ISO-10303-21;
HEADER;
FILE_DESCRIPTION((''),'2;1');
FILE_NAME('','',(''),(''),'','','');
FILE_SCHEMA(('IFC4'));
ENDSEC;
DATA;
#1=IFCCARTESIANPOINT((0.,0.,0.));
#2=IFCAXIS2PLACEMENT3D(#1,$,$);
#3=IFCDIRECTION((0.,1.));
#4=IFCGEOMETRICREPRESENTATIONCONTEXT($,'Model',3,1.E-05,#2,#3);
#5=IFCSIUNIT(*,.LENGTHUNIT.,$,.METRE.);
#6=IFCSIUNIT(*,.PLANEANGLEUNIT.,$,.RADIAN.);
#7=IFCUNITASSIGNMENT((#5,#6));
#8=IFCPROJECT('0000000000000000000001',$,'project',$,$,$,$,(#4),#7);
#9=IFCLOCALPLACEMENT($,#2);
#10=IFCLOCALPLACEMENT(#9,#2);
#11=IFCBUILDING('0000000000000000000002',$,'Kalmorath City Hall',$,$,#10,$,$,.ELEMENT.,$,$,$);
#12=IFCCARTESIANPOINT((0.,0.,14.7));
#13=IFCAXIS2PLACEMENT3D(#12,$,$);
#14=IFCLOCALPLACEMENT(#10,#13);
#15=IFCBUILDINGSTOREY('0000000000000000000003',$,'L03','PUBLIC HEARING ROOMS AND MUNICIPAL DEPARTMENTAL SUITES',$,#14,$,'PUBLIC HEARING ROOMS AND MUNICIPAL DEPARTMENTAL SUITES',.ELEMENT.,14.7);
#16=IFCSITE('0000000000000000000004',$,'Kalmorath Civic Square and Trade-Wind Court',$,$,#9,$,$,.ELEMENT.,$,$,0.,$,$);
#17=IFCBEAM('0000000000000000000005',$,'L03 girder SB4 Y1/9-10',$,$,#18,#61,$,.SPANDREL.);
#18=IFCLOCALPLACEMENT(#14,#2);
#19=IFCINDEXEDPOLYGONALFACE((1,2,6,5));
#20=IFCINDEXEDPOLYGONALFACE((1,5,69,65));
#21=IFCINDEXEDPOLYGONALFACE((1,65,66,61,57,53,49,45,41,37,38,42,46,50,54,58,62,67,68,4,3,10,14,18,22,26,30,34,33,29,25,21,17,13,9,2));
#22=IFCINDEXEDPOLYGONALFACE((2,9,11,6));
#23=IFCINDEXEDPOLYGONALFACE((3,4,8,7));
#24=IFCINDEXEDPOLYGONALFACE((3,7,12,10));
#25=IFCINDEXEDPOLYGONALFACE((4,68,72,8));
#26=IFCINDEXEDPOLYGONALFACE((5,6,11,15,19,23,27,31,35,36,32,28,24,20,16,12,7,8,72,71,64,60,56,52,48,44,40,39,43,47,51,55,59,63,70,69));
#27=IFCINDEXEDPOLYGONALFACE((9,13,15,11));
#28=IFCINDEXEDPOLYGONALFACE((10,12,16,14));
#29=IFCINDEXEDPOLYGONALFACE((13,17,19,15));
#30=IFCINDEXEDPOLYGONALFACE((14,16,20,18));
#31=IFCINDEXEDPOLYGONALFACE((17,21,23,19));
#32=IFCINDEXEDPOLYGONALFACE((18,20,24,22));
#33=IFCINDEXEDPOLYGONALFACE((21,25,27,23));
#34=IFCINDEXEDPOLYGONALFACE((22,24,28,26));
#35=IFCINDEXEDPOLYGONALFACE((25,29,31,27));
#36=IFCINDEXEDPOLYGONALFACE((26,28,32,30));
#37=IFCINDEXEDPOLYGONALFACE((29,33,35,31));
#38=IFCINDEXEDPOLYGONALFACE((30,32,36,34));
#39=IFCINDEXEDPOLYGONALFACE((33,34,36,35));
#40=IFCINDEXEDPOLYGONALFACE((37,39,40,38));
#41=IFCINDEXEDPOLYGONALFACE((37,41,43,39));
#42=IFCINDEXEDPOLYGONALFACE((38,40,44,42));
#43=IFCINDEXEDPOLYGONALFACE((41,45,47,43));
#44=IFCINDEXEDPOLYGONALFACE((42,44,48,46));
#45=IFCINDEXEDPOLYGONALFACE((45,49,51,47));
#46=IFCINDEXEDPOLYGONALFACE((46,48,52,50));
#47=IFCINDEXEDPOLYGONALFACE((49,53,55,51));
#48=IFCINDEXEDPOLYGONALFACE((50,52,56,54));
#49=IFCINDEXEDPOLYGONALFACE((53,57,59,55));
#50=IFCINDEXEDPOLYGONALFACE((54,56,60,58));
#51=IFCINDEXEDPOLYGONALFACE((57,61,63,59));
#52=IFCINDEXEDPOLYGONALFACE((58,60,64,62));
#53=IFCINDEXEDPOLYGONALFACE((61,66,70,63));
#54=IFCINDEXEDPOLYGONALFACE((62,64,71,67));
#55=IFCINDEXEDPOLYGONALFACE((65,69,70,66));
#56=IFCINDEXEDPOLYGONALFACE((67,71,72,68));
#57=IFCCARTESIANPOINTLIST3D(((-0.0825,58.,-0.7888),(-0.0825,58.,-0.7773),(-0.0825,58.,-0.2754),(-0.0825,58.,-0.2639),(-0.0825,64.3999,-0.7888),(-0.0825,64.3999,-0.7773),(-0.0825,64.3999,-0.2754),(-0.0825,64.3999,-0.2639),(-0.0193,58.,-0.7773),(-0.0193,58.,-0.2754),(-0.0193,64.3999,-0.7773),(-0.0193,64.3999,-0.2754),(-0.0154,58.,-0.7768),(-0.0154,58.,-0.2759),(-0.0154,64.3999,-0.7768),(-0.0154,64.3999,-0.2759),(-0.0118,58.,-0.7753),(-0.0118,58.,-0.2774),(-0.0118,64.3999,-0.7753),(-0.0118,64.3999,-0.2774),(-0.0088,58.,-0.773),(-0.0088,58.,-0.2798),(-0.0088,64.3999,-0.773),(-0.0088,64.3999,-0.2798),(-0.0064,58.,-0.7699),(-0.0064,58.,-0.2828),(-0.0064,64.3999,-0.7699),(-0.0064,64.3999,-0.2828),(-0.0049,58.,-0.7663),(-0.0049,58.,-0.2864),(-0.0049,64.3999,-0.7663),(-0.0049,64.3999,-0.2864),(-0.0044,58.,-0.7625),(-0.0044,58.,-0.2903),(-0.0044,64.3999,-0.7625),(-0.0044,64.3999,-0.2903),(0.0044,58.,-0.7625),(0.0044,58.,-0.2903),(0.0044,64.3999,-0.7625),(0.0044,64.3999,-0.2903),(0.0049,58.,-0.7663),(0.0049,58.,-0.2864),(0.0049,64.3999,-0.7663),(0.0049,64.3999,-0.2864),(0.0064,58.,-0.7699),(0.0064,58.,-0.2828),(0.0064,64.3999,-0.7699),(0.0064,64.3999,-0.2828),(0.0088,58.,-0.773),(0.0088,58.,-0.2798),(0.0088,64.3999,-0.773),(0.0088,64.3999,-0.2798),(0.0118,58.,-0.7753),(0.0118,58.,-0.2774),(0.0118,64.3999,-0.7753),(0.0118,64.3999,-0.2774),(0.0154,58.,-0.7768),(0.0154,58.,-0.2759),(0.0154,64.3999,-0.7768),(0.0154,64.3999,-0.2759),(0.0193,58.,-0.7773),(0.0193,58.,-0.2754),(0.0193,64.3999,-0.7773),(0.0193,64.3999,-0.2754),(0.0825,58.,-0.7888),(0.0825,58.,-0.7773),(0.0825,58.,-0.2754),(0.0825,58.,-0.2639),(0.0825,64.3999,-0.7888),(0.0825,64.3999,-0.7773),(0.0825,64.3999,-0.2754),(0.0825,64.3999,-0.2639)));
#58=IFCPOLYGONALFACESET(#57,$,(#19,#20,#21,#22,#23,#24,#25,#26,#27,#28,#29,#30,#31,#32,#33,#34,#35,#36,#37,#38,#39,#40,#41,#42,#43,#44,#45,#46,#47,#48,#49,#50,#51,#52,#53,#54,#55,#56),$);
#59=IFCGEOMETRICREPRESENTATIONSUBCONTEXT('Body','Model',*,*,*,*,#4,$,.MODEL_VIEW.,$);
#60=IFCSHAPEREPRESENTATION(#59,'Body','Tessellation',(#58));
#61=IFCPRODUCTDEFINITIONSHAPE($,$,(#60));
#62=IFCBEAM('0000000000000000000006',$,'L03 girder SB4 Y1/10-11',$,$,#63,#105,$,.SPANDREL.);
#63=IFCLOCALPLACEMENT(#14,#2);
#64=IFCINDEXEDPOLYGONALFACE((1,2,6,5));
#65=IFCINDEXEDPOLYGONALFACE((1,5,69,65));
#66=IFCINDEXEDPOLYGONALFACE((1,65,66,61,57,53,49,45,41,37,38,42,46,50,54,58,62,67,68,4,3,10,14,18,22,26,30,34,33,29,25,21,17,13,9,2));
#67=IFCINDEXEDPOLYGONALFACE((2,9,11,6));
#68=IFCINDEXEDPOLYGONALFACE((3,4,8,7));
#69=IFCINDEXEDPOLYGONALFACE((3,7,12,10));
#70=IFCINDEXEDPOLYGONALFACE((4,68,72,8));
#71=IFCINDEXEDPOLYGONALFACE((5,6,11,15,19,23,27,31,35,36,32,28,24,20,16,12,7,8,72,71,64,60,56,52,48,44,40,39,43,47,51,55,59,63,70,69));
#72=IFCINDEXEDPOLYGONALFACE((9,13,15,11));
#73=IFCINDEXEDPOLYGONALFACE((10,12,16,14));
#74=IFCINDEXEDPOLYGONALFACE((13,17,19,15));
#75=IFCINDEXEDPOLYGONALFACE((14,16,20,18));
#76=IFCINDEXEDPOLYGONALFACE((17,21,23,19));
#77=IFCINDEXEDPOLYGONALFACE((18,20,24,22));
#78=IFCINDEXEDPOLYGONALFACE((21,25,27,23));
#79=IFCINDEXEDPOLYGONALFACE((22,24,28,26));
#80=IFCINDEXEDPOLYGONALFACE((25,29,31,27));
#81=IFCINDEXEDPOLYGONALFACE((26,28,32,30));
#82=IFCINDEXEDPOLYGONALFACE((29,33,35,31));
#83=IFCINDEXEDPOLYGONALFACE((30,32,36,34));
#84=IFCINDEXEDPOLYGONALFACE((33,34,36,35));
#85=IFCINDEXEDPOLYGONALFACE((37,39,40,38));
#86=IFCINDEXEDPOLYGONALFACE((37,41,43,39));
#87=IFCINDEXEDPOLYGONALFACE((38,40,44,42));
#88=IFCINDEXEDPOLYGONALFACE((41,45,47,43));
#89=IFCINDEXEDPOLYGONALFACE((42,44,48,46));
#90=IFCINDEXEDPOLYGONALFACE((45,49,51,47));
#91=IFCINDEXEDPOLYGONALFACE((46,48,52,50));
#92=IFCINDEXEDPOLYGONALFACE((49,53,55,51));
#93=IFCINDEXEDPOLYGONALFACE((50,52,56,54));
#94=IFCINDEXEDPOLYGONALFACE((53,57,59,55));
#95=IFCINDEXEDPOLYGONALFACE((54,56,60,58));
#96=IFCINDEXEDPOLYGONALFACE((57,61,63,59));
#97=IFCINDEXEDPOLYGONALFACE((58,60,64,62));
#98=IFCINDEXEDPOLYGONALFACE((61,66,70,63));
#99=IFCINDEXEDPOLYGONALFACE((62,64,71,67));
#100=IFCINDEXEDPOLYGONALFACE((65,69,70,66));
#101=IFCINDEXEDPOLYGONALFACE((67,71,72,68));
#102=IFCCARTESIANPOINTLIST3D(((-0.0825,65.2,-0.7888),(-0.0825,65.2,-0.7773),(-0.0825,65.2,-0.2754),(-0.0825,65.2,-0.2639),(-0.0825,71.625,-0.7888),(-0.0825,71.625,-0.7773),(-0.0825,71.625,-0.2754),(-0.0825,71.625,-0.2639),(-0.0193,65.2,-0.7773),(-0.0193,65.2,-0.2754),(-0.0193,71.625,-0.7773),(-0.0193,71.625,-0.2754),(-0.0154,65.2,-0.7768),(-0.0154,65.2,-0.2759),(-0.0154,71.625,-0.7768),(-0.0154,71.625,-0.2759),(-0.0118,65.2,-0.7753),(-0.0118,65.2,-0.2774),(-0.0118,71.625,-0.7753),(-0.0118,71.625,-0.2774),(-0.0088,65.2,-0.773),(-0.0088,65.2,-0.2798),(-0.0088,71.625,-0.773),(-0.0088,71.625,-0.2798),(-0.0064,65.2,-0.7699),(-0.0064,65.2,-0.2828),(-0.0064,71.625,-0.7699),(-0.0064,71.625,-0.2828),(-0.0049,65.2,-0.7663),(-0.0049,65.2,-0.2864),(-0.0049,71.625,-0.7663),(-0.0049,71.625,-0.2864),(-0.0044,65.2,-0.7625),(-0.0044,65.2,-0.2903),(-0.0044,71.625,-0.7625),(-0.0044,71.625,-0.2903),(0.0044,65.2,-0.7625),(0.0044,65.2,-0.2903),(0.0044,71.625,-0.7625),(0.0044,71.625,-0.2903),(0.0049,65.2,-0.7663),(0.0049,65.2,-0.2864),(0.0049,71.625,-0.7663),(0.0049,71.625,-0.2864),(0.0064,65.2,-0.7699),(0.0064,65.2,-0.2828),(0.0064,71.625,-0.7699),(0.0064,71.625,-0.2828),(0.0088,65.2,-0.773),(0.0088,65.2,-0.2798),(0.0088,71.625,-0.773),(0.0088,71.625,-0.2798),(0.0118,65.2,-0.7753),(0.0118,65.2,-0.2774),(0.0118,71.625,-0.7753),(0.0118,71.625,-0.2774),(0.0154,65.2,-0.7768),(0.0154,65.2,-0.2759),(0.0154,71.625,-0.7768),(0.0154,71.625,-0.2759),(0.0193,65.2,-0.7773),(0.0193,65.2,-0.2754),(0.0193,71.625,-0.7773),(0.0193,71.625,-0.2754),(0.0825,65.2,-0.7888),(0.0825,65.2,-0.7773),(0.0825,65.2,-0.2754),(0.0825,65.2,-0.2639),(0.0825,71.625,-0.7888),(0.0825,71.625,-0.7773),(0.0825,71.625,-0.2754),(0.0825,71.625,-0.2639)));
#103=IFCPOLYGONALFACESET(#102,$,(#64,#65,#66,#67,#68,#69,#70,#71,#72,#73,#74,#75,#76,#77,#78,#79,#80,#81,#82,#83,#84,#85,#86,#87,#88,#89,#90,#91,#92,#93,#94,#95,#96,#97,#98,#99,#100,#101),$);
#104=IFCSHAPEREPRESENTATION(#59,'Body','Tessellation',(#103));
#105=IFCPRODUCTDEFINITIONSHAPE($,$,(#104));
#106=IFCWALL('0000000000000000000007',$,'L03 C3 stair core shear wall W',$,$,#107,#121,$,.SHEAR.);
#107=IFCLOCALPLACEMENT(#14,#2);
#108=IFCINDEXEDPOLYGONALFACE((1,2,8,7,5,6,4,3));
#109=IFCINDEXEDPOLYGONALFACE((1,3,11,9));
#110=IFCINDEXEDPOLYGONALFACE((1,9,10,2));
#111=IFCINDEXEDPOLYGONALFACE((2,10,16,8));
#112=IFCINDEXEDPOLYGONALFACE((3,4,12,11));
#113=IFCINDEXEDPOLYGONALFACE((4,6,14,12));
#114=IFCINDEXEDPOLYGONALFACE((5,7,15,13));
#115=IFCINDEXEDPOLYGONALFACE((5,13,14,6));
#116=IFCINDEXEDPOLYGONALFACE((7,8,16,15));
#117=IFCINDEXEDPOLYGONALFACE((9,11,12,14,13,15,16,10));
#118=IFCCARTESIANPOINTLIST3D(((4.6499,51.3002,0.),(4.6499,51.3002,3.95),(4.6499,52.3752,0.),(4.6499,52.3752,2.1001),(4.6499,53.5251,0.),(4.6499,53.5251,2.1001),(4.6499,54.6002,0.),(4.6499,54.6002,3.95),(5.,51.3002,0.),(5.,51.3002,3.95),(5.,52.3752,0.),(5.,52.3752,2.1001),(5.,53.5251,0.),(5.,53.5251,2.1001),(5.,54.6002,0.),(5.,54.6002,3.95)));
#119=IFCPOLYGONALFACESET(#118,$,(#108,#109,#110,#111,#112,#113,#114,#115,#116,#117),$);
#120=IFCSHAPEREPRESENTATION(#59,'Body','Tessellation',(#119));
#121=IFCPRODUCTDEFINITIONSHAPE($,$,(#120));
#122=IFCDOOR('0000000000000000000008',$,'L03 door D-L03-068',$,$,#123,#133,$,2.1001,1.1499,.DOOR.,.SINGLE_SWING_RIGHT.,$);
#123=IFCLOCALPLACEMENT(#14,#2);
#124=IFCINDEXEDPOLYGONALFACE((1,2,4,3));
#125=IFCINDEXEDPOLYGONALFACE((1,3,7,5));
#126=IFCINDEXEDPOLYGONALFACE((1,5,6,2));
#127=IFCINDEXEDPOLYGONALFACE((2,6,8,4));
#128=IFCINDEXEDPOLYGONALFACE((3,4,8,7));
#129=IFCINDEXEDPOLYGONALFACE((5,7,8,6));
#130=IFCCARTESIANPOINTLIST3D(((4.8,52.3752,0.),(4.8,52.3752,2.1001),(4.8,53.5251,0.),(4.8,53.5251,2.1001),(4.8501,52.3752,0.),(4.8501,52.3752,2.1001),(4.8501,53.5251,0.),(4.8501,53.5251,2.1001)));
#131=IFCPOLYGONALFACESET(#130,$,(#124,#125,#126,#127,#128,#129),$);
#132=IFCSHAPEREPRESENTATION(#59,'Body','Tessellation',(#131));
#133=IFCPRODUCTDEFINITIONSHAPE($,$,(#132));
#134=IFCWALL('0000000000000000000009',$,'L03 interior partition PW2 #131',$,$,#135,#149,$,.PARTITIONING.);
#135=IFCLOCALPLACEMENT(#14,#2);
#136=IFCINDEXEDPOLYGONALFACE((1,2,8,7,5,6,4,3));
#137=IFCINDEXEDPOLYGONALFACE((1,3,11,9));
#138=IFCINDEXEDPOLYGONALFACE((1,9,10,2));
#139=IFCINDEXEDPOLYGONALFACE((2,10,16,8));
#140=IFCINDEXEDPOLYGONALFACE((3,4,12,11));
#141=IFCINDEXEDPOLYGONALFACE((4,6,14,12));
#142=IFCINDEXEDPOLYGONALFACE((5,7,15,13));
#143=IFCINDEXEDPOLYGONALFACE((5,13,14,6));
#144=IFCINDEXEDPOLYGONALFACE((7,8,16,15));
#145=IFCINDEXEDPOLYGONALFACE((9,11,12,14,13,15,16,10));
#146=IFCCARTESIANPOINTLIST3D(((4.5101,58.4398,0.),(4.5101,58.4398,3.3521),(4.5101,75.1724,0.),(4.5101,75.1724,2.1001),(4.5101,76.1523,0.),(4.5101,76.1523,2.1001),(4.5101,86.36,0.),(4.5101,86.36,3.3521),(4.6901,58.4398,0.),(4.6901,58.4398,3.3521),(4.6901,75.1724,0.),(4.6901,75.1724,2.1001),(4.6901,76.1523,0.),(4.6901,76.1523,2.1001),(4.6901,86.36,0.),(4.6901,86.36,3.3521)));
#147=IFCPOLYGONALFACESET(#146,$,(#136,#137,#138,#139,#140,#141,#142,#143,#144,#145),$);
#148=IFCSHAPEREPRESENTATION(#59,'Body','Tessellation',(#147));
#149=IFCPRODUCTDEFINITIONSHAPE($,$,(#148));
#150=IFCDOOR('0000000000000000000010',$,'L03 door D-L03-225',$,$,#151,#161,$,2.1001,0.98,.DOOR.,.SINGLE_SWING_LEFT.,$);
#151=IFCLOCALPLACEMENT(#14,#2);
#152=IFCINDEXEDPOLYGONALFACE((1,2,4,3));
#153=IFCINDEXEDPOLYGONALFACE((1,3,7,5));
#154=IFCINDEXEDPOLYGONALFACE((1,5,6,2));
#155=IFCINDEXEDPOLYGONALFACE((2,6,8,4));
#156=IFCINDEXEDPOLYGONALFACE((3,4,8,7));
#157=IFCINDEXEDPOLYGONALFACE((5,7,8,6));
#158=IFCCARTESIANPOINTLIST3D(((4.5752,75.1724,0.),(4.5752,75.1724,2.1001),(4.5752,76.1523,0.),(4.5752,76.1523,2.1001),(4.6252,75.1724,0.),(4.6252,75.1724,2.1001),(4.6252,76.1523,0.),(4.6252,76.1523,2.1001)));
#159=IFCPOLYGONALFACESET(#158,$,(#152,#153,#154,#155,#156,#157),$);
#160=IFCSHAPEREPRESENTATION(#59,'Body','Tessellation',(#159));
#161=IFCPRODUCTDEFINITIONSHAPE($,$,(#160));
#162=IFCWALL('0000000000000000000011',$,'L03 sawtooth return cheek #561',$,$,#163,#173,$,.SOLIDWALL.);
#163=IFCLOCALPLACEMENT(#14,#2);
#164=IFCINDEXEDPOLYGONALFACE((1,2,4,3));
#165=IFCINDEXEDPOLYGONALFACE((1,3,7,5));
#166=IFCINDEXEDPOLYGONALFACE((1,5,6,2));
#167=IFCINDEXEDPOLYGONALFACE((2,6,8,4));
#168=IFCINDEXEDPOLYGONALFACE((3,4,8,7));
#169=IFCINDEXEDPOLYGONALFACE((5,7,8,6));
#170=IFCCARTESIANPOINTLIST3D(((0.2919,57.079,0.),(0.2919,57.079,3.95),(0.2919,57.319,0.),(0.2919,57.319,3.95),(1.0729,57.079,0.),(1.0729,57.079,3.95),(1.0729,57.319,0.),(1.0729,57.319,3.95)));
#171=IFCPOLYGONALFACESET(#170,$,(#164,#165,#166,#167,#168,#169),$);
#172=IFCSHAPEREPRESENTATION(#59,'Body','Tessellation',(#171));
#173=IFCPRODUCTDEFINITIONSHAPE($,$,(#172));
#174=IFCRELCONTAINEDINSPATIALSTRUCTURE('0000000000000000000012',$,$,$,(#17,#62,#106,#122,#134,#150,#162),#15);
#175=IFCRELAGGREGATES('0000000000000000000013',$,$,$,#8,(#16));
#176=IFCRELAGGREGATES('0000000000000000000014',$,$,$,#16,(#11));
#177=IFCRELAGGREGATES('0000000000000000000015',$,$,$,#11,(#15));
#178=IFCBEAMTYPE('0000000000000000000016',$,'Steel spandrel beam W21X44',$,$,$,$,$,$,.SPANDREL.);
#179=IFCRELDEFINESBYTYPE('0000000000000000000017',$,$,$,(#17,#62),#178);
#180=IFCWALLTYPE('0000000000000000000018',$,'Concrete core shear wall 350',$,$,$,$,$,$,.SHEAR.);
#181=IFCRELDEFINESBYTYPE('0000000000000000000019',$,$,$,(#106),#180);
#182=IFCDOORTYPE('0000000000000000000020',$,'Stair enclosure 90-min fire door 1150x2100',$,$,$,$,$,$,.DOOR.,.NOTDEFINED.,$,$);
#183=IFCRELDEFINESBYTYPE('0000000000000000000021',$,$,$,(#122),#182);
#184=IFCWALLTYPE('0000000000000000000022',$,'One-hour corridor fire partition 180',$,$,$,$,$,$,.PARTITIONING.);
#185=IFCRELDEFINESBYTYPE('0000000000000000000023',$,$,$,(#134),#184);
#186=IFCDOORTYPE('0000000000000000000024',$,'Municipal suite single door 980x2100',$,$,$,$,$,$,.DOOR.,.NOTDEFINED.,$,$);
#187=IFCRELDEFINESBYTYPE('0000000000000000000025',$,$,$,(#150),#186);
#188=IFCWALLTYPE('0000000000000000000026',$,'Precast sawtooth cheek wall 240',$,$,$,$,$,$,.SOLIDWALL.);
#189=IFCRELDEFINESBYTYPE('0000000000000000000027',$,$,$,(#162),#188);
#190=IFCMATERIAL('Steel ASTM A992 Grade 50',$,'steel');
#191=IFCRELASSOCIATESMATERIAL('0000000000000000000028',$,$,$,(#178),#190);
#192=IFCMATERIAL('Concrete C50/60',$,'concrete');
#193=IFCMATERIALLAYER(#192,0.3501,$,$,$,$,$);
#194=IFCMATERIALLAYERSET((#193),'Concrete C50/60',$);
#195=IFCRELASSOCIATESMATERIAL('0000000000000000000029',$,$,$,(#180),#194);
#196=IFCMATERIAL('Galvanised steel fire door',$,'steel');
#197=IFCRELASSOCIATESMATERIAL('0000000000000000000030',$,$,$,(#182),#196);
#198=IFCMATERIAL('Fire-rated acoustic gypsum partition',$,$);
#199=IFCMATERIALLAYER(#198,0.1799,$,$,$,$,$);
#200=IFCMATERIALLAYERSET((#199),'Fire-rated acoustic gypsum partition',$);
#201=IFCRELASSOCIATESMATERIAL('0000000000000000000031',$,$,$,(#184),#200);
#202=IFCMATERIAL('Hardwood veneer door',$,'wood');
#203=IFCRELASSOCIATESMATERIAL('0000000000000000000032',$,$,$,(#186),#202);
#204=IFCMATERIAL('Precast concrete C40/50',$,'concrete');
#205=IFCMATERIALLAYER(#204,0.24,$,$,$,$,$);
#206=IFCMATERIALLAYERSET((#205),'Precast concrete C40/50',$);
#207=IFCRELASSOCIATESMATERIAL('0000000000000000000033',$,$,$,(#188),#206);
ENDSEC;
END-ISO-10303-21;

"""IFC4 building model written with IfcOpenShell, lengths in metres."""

from ifc_helpers import new_model, si_unit, direction, frame, frame_2d, origin, origin_2d, place, context, subcontext, project, spatial, rectangle, i_section, extrude, material, layer, layer_set, material_profile, profile_set, type_object, element, fill, save


model = new_model("IFC4")

# Units and contexts
model_context = context("Model", 3, precision=1e-05, world=origin(), true_north=direction((0.0, 1.0)))
body_context = subcontext(model_context, "Body", "Model", "MODEL_VIEW")
ifc_project = project(units=[si_unit("LENGTHUNIT", "METRE"), si_unit("PLANEANGLEUNIT", "RADIAN")], contexts=[model_context])

# Site, building, storey
site_placement = place(None, origin())
site = spatial("IfcSite", under=ifc_project, at=site_placement, Name="Kalmorath Civic Square and Trade-Wind Court", CompositionType="ELEMENT", RefElevation=0.0)
building_placement = place(site_placement, origin())
building = spatial("IfcBuilding", under=site, at=building_placement, Name="Kalmorath City Hall", CompositionType="ELEMENT")
storey_placement = place(building_placement, frame((0.0, 0.0, 14.7)))
storey = spatial("IfcBuildingStorey", under=building, at=storey_placement, Name="L03", Description="PUBLIC HEARING ROOMS AND MUNICIPAL DEPARTMENTAL SUITES", LongName="PUBLIC HEARING ROOMS AND MUNICIPAL DEPARTMENTAL SUITES", CompositionType="ELEMENT", Elevation=14.7)

# Beams
ifc_material_1 = material(Name="Steel ASTM A992 Grade 50", Category="steel")
ifc_material_profile_1 = material_profile(ifc_material_1, i_section(OverallWidth=0.165, OverallDepth=0.5249, WebThickness=0.0088, FlangeThickness=0.0115, FilletRadius=0.0149, at=origin_2d()), Name="W21X44")
ifc_profile_set_1 = profile_set([ifc_material_profile_1], Name="Steel ASTM A992 Grade 50")
beam_type_1 = type_object("IfcBeamType", Name="Steel spandrel beam W21X44", PredefinedType="SPANDREL", material=ifc_profile_set_1)
beam_1_placement = place(storey_placement, frame((0.0, 58.0, -0.5264), z_axis=(0.0, 1.0, 0.0), x_axis=(-1.0, 0.0, 0.0)))
element("IfcBeam", 1, at=beam_1_placement, inside=storey, type_object=beam_type_1, Name="L03 girder SB4 Y1/9-10", PredefinedType="SPANDREL", context=body_context, shape_type="SweptSolid", body=[
    extrude(i_section(OverallWidth=0.165, OverallDepth=0.5249, WebThickness=0.0088, FlangeThickness=0.0115, FilletRadius=0.0149, at=origin_2d()), origin(), (0.0, 0.0, 1.0), 6.3999),
])
beam_2_placement = place(storey_placement, frame((0.0, 65.2, -0.5264), z_axis=(0.0, 1.0, 0.0), x_axis=(-1.0, 0.0, 0.0)))
element("IfcBeam", 2, at=beam_2_placement, inside=storey, type_object=beam_type_1, Name="L03 girder SB4 Y1/10-11", PredefinedType="SPANDREL", context=body_context, shape_type="SweptSolid", body=[
    extrude(i_section(OverallWidth=0.165, OverallDepth=0.5249, WebThickness=0.0088, FlangeThickness=0.0115, FilletRadius=0.0149, at=origin_2d()), origin(), (0.0, 0.0, 1.0), 6.425),
])

# Walls, openings, doors
ifc_material_2 = material(Name="Concrete C50/60", Category="concrete")
ifc_layer_1 = layer(ifc_material_2, 0.3501)
ifc_layer_set_1 = layer_set([ifc_layer_1], Name="Concrete C50/60")
wall_type_1 = type_object("IfcWallType", Name="Concrete core shear wall 350", PredefinedType="SHEAR", material=ifc_layer_set_1)
wall_1_placement = place(storey_placement, frame((4.825, 54.6001, 0.0), z_axis=(0.0, 0.0, 1.0), x_axis=(0.0, -1.0, 0.0)))
wall_1 = element("IfcWall", 3, at=wall_1_placement, inside=storey, type_object=wall_type_1, Name="L03 C3 stair core shear wall W", PredefinedType="SHEAR", context=body_context, shape_type="SweptSolid", body=[
    extrude(rectangle(XDim=3.3, YDim=0.3501, at=frame_2d((1.6499, 0.0))), origin(), (0.0, 0.0, 1.0), 3.95),
])
opening_1_placement = place(wall_1_placement, frame((1.075, 0.0, 0.0)))
opening_1 = element("IfcOpeningElement", 4, at=opening_1_placement, cuts=wall_1, PredefinedType="OPENING", context=body_context, shape_type="SweptSolid", body=[
    extrude(rectangle(XDim=1.1499, YDim=2.1001, at=frame_2d((0.575, 1.05))), frame((0.0, 0.1851, 0.0), z_axis=(0.0, -1.0, 0.0), x_axis=(1.0, 0.0, 0.0)), (0.0, 0.0, 1.0), 0.3701),
])
ifc_material_3 = material(Name="Galvanised steel fire door", Category="steel")
door_type_1 = type_object("IfcDoorType", Name="Stair enclosure 90-min fire door 1150x2100", OperationType="NOTDEFINED", PredefinedType="DOOR", material=ifc_material_3)
door_1_placement = place(opening_1_placement, frame((1.1499, 0.0, 0.0), z_axis=(0.0, 0.0, 1.0), x_axis=(-1.0, 0.0, 0.0)))
door_1 = element("IfcDoor", 5, at=door_1_placement, inside=storey, type_object=door_type_1, Name="L03 door D-L03-068", OperationType="SINGLE_SWING_RIGHT", OverallHeight=2.1001, OverallWidth=1.1499, PredefinedType="DOOR", context=body_context, shape_type="SweptSolid", body=[
    extrude(rectangle(XDim=1.1499, YDim=2.1001, at=frame_2d((0.575, 1.05))), frame((0.0, 0.0249, 0.0), z_axis=(0.0, -1.0, 0.0), x_axis=(1.0, 0.0, 0.0)), (0.0, 0.0, 1.0), 0.05),
])
fill(opening_1, door_1)
ifc_material_4 = material(Name="Fire-rated acoustic gypsum partition")
ifc_layer_2 = layer(ifc_material_4, 0.1799)
ifc_layer_set_2 = layer_set([ifc_layer_2], Name="Fire-rated acoustic gypsum partition")
wall_type_2 = type_object("IfcWallType", Name="One-hour corridor fire partition 180", PredefinedType="PARTITIONING", material=ifc_layer_set_2)
wall_2_placement = place(storey_placement, frame((4.6001, 58.4399, 0.0), z_axis=(0.0, 0.0, 1.0), x_axis=(0.0, 1.0, 0.0)))
wall_2 = element("IfcWall", 6, at=wall_2_placement, inside=storey, type_object=wall_type_2, Name="L03 interior partition PW2 #131", PredefinedType="PARTITIONING", context=body_context, shape_type="SweptSolid", body=[
    extrude(rectangle(XDim=27.9202, YDim=0.1799, at=frame_2d((13.96, 0.0))), origin(), (0.0, 0.0, 1.0), 3.3521),
])
opening_2_placement = place(wall_2_placement, frame((16.7324, 0.0, 0.0)))
opening_2 = element("IfcOpeningElement", 7, at=opening_2_placement, cuts=wall_2, PredefinedType="OPENING", context=body_context, shape_type="SweptSolid", body=[
    extrude(rectangle(XDim=0.98, YDim=2.1001, at=frame_2d((0.49, 1.05))), frame((0.0, 0.0999, 0.0), z_axis=(0.0, -1.0, 0.0), x_axis=(1.0, 0.0, 0.0)), (0.0, 0.0, 1.0), 0.2),
])
ifc_material_5 = material(Name="Hardwood veneer door", Category="wood")
door_type_2 = type_object("IfcDoorType", Name="Municipal suite single door 980x2100", OperationType="NOTDEFINED", PredefinedType="DOOR", material=ifc_material_5)
door_2_placement = place(opening_2_placement, origin())
door_2 = element("IfcDoor", 8, at=door_2_placement, inside=storey, type_object=door_type_2, Name="L03 door D-L03-225", OperationType="SINGLE_SWING_LEFT", OverallHeight=2.1001, OverallWidth=0.98, PredefinedType="DOOR", context=body_context, shape_type="SweptSolid", body=[
    extrude(rectangle(XDim=0.98, YDim=2.1001, at=frame_2d((0.49, 1.05))), frame((0.0, 0.0249, 0.0), z_axis=(0.0, -1.0, 0.0), x_axis=(1.0, 0.0, 0.0)), (0.0, 0.0, 1.0), 0.05),
])
fill(opening_2, door_2)

# Wall
ifc_material_6 = material(Name="Precast concrete C40/50", Category="concrete")
ifc_layer_3 = layer(ifc_material_6, 0.24)
ifc_layer_set_3 = layer_set([ifc_layer_3], Name="Precast concrete C40/50")
wall_type_3 = type_object("IfcWallType", Name="Precast sawtooth cheek wall 240", PredefinedType="SOLIDWALL", material=ifc_layer_set_3)
for number, where, z_axis, x_axis, name in (
    (9, (1.073, 57.199, 0.0), (0.0, 0.0, 1.0), (-1.0, 0.0, 0.0), "L03 sawtooth return cheek #561"),
):
    element("IfcWall", number, at=place(storey_placement, frame(where, z_axis=z_axis, x_axis=x_axis)), inside=storey, type_object=wall_type_3, Name=name, PredefinedType="SOLIDWALL", context=body_context, shape_type="SweptSolid", body=[
        extrude(rectangle(XDim=0.781, YDim=0.24, at=frame_2d((0.3906, 0.0))), origin(), (0.0, 0.0, 1.0), 3.95),
    ])

save(model, "model.ifc")
